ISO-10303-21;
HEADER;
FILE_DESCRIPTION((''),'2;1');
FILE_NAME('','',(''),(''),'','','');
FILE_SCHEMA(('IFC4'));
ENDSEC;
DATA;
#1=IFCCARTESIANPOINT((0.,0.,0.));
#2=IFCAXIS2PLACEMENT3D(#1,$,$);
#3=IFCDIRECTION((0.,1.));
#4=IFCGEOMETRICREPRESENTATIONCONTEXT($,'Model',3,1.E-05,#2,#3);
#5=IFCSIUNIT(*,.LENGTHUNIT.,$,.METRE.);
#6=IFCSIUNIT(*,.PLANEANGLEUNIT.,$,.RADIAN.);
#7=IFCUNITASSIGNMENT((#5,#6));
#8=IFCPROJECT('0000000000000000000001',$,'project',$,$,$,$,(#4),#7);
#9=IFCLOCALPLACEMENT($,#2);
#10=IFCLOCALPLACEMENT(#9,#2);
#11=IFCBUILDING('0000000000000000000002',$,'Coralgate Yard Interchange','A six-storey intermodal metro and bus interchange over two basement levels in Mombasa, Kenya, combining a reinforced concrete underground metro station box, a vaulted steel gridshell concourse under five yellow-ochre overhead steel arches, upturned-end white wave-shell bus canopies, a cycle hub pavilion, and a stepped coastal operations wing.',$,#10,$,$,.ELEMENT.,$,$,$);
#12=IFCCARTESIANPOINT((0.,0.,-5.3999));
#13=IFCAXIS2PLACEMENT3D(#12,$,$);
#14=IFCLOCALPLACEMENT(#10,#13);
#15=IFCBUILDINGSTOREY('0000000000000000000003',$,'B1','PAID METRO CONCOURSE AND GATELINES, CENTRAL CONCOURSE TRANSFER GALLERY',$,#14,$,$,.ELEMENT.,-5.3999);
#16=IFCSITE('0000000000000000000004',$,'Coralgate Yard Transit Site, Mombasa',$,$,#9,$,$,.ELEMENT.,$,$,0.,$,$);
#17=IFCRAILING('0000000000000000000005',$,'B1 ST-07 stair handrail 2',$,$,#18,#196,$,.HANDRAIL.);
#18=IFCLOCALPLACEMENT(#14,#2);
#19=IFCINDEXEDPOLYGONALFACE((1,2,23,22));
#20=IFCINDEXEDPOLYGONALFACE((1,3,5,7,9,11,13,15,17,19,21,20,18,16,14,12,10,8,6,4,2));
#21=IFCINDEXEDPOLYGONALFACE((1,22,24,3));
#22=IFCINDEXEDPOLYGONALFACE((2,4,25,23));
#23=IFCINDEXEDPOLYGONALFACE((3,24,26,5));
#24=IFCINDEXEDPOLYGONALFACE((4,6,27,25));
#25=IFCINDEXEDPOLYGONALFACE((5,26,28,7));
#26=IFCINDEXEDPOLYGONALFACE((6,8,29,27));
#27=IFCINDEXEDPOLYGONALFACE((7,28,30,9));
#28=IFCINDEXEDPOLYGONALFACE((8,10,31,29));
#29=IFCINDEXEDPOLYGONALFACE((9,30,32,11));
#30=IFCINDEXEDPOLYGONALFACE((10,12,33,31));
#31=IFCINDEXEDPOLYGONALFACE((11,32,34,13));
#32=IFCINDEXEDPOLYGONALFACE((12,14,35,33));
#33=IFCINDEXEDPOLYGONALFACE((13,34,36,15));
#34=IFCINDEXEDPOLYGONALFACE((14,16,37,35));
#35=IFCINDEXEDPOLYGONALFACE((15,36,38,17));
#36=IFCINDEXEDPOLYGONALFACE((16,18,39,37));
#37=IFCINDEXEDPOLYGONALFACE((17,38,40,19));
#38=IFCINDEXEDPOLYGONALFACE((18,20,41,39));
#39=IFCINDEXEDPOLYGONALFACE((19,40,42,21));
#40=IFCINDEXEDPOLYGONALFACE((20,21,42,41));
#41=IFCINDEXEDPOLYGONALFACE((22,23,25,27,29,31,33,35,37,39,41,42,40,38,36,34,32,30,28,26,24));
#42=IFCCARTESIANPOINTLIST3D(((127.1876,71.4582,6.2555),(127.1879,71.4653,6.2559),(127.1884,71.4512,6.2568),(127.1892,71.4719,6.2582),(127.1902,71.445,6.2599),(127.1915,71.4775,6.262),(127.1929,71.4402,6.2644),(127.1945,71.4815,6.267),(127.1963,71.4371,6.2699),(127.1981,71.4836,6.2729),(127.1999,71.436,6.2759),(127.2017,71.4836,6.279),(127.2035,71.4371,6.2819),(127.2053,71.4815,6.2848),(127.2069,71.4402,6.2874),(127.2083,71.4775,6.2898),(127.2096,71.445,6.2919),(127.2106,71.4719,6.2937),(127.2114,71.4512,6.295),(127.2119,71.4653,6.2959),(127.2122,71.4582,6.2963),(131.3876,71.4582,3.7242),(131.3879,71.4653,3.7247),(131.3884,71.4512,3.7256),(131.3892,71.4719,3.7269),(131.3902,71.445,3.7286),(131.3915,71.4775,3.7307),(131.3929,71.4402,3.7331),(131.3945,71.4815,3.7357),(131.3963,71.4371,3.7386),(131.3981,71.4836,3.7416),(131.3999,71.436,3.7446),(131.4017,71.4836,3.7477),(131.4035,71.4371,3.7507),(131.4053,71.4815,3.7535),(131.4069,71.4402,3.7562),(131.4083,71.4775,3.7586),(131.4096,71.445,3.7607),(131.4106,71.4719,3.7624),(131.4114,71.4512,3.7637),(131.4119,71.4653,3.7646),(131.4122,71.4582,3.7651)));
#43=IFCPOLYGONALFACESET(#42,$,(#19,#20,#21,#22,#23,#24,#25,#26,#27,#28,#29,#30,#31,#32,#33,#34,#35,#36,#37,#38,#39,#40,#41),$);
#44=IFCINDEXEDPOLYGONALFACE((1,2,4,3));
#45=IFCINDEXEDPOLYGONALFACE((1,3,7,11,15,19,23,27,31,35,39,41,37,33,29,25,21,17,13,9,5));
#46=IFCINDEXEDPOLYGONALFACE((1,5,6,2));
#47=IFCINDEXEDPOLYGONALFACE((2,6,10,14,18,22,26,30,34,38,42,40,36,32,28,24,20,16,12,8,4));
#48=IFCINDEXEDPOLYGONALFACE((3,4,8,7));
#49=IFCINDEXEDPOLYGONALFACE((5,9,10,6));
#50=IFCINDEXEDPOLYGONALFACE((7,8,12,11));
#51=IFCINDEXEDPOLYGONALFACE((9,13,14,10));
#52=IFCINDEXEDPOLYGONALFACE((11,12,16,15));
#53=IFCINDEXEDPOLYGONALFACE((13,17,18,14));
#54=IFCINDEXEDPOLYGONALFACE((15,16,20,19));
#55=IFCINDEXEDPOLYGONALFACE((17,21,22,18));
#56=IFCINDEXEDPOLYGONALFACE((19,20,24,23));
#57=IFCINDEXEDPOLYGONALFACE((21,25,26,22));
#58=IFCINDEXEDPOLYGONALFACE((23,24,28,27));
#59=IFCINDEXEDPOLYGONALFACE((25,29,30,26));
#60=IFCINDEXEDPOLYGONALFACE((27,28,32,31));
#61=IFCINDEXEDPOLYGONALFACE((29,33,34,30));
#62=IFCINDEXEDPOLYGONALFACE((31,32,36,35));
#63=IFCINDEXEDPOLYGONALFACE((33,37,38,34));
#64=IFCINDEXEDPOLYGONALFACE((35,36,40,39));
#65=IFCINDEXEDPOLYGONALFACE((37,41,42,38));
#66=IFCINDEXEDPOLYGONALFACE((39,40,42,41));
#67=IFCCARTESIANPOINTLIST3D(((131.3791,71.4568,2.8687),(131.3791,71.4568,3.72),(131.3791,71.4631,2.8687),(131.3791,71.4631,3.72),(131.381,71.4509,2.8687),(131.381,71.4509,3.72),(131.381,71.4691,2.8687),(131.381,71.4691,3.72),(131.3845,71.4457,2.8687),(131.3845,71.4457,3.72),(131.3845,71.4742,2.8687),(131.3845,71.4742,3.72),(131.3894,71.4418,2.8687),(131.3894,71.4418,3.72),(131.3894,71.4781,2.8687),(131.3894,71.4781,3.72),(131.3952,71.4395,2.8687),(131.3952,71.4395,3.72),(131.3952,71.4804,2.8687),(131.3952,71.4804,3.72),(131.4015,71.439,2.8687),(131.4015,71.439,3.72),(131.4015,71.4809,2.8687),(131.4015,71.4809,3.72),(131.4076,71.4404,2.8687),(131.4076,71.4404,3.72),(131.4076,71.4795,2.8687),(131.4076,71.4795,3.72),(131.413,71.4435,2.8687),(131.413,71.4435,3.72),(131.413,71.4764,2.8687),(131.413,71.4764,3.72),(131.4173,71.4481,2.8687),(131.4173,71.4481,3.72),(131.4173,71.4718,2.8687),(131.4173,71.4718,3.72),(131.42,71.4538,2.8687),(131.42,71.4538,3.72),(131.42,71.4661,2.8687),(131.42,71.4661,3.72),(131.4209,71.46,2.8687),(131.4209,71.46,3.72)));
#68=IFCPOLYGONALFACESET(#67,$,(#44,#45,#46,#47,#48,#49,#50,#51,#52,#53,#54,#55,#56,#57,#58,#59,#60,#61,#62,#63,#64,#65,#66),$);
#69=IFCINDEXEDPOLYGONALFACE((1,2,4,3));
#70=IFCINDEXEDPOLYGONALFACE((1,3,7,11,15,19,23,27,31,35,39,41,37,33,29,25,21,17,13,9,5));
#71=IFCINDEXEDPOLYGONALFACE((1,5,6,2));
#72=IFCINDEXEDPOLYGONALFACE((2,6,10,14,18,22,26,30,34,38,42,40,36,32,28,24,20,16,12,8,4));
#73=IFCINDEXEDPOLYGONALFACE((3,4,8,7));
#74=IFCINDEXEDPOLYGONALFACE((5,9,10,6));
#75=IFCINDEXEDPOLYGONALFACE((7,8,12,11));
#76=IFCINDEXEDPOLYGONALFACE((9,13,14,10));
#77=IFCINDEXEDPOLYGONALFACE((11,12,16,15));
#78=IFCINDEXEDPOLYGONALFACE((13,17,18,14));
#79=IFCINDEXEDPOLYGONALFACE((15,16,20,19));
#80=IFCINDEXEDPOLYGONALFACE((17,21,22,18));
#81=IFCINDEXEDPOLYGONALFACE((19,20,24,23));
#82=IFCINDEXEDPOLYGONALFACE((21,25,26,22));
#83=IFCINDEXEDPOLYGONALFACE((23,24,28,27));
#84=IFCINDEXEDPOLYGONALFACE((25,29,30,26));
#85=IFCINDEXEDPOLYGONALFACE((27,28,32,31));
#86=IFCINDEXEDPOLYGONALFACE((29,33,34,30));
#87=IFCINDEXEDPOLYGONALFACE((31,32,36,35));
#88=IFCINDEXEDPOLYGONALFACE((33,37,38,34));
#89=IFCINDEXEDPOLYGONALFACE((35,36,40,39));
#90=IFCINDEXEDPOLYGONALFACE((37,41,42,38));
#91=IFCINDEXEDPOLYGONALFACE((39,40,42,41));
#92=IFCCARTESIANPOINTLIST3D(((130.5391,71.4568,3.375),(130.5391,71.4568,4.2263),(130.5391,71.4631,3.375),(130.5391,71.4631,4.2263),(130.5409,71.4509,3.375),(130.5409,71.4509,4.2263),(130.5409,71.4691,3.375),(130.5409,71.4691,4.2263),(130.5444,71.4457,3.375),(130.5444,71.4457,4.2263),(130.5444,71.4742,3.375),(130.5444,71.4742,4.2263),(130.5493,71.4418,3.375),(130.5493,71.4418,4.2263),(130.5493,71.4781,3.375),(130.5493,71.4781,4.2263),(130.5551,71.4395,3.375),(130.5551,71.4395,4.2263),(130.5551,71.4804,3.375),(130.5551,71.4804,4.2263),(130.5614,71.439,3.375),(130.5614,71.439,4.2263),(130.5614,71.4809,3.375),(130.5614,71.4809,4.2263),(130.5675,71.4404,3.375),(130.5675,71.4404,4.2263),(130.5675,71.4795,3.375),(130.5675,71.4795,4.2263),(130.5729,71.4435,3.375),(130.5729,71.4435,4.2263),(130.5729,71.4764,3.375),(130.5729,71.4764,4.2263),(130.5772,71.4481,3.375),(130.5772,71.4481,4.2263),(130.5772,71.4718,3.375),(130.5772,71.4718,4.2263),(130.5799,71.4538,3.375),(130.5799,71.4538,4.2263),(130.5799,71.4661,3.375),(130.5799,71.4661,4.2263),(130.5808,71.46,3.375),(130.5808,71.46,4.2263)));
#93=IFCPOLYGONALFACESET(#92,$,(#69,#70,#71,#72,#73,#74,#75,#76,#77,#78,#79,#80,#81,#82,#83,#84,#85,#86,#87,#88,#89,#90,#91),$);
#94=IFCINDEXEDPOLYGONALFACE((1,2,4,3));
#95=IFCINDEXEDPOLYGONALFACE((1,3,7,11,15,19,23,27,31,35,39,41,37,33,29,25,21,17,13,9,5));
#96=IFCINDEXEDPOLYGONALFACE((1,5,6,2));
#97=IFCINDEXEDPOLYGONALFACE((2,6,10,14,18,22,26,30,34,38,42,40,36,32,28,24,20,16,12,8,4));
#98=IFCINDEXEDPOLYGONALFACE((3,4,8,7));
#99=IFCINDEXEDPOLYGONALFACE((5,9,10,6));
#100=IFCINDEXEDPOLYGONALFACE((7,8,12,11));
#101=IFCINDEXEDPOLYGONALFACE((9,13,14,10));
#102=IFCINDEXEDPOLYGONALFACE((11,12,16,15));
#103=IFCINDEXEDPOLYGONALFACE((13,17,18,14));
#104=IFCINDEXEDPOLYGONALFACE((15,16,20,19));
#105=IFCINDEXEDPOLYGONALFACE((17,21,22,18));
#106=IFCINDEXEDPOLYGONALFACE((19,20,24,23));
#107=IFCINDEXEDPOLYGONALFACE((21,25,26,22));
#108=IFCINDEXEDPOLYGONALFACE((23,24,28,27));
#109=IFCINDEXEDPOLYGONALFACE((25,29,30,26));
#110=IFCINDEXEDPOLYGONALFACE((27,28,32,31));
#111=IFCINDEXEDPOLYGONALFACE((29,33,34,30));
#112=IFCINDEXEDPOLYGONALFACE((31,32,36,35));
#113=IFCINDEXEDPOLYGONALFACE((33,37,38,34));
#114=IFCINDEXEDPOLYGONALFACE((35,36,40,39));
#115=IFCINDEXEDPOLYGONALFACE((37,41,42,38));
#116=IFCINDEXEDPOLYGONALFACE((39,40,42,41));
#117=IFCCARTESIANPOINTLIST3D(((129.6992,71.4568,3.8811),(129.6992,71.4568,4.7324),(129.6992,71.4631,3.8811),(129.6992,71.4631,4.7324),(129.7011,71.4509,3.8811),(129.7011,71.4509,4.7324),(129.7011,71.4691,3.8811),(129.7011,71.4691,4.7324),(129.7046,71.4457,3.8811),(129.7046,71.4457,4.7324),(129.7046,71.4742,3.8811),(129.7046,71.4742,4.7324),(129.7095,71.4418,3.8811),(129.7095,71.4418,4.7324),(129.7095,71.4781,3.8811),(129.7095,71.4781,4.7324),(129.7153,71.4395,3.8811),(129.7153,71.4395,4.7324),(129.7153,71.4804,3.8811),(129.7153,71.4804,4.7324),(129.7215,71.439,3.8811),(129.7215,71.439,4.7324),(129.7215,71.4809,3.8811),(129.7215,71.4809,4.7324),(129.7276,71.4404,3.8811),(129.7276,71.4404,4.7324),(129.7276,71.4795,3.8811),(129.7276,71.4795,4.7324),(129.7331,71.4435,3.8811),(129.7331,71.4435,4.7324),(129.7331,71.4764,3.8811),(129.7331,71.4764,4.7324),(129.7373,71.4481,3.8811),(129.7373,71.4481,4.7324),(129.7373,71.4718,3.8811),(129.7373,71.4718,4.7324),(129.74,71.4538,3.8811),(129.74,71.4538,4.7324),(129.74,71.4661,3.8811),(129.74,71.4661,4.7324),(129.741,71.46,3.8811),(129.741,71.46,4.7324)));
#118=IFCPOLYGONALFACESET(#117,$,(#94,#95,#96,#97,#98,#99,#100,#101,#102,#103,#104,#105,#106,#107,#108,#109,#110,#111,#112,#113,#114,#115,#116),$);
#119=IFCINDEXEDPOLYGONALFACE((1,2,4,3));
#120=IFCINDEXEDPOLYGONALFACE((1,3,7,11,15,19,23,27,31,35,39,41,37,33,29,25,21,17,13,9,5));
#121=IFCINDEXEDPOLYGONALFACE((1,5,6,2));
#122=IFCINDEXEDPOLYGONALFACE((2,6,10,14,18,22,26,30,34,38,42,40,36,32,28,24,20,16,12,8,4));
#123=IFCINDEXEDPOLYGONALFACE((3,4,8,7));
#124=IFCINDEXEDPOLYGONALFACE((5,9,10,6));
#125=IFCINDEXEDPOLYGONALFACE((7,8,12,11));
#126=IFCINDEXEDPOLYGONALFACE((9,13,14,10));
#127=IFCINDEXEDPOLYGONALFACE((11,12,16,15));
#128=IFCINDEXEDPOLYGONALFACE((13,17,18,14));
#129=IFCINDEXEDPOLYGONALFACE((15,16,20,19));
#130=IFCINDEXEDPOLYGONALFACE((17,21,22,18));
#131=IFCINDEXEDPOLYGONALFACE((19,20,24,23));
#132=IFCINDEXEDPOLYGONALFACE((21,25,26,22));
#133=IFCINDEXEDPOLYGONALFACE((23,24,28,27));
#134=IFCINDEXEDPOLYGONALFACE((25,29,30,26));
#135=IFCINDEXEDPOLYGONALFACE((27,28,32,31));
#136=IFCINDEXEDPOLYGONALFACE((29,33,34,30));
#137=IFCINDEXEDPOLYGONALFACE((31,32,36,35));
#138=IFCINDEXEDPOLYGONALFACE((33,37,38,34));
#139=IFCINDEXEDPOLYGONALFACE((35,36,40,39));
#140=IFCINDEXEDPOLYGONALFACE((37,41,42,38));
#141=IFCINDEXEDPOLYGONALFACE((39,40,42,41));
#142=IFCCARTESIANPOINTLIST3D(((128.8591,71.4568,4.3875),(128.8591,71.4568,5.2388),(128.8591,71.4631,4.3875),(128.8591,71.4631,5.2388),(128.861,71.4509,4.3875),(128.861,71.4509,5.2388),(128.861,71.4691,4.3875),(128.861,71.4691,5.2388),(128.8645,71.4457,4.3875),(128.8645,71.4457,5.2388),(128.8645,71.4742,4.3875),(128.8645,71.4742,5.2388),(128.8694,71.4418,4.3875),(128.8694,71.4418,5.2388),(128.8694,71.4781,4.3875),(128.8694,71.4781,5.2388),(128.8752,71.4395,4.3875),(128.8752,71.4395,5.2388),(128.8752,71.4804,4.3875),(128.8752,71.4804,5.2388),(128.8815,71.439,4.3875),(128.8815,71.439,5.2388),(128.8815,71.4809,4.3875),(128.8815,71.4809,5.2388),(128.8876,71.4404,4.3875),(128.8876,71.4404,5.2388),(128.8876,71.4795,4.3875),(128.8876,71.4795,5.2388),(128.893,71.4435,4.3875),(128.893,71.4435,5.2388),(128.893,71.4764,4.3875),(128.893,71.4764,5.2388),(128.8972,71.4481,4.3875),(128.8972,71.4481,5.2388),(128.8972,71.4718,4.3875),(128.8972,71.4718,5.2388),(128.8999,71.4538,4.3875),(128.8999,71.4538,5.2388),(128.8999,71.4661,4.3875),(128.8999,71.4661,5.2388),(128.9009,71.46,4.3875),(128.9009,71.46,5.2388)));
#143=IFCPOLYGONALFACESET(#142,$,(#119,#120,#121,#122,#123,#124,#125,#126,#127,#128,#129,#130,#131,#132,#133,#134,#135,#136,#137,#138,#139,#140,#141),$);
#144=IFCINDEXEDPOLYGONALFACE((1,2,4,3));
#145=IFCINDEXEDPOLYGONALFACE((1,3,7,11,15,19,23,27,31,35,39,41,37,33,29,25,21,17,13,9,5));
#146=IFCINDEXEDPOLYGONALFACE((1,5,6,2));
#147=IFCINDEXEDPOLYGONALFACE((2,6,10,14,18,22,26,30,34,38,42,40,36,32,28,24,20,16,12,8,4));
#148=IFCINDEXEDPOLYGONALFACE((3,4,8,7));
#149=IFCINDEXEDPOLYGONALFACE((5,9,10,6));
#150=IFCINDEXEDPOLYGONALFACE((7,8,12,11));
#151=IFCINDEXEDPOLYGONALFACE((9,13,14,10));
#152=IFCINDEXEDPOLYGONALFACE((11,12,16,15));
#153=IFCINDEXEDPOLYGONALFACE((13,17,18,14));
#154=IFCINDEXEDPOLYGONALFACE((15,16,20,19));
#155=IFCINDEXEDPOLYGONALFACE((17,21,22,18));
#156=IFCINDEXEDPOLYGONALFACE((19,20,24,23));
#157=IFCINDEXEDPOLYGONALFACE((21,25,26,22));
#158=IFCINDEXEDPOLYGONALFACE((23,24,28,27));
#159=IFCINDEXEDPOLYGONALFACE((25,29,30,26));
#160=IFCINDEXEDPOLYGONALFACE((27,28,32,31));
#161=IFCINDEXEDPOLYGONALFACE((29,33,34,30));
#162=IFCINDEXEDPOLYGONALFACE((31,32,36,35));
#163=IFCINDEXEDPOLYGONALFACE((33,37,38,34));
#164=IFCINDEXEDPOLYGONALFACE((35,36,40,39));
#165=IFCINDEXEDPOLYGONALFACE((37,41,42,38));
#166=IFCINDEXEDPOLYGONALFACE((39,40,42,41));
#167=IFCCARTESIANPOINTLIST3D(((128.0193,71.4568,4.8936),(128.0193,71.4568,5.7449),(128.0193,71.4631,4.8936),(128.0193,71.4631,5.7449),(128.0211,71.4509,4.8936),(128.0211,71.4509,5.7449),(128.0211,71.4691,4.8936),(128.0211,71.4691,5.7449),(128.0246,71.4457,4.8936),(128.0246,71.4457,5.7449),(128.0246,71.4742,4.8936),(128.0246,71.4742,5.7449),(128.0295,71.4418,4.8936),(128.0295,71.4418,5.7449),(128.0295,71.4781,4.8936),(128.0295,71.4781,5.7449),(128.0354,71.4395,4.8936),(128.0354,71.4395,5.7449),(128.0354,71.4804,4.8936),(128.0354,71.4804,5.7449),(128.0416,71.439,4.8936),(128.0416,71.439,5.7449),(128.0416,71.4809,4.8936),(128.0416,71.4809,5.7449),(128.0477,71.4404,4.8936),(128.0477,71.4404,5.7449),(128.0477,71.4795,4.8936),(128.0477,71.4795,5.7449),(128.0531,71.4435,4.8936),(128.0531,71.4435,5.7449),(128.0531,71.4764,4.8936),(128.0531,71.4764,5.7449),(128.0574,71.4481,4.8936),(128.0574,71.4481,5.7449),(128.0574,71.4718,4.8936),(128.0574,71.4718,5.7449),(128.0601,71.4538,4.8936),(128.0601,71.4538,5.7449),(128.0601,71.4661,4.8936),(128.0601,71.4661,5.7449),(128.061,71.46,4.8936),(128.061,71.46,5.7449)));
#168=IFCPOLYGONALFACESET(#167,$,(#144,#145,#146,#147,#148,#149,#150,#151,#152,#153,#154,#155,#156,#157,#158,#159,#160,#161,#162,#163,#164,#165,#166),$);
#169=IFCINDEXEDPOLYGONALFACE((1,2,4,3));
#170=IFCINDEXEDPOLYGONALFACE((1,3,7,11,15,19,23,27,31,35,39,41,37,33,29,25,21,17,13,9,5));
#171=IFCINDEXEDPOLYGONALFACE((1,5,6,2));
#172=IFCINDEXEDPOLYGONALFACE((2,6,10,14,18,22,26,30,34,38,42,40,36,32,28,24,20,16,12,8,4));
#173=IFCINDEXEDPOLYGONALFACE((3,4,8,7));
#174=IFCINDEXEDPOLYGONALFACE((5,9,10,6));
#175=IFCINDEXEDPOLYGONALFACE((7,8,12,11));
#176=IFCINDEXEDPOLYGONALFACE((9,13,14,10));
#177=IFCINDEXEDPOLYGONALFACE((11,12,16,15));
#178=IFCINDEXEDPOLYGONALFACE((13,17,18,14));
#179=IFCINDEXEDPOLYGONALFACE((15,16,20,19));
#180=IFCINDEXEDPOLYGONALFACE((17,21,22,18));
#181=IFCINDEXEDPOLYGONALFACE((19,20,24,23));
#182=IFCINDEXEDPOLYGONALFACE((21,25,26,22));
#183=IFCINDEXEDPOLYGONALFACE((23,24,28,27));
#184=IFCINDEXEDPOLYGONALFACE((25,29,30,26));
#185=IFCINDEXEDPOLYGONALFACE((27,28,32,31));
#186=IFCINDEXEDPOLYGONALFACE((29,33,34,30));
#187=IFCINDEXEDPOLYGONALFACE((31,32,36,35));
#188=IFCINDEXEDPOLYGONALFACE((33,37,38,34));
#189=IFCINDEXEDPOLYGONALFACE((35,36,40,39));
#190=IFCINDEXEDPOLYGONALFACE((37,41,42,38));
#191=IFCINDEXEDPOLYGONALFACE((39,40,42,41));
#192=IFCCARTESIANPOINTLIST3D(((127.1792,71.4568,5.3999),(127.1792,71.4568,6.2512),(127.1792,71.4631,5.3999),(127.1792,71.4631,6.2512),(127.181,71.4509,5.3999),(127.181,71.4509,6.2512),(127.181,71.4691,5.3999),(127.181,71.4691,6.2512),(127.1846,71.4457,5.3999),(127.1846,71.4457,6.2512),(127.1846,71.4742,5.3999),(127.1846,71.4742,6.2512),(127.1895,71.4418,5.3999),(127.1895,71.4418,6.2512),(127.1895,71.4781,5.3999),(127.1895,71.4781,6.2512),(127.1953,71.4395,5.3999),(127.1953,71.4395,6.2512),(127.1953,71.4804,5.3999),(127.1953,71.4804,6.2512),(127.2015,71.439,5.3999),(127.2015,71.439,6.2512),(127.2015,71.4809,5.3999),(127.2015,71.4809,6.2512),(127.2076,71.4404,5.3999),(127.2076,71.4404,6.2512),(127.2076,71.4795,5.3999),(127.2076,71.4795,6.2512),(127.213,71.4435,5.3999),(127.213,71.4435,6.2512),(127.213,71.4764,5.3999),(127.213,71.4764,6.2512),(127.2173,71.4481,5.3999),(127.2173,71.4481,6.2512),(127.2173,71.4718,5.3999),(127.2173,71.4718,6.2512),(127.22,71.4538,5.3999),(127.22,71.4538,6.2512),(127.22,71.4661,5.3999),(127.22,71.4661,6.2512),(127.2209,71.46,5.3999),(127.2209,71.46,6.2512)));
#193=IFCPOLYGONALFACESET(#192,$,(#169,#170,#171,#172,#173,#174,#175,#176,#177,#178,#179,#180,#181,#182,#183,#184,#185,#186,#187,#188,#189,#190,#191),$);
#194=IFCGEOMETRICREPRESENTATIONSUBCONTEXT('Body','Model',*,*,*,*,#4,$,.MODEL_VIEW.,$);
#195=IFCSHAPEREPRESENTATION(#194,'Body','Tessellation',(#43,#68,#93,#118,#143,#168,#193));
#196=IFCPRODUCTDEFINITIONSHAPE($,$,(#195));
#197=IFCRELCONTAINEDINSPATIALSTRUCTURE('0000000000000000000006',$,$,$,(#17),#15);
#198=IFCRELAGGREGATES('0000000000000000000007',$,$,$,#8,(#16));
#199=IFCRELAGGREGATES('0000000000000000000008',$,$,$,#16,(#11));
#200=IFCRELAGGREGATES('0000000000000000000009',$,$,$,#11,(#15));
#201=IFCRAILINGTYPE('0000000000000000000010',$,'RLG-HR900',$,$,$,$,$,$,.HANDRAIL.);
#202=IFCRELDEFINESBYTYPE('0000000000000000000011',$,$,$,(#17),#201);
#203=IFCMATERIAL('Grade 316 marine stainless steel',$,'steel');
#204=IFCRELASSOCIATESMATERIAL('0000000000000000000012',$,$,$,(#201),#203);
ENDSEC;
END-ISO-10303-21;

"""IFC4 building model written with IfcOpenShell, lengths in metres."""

from ifc_helpers import new_model, si_unit, direction, frame, origin, origin_2d, place, context, subcontext, project, spatial, circle, extrude, material, type_object, element, save


model = new_model("IFC4")

# Units and contexts
model_context = context("Model", 3, precision=1e-05, world=origin(), true_north=direction((0.0, 1.0)))
body_context = subcontext(model_context, "Body", "Model", "MODEL_VIEW")
ifc_project = project(units=[si_unit("LENGTHUNIT", "METRE"), si_unit("PLANEANGLEUNIT", "RADIAN")], contexts=[model_context])

# Site, building, storey
site_placement = place(None, origin())
site = spatial("IfcSite", under=ifc_project, at=site_placement, Name="Coralgate Yard Transit Site, Mombasa", CompositionType="ELEMENT", RefElevation=0.0)
building_placement = place(site_placement, origin())
building = spatial("IfcBuilding", under=site, at=building_placement, Name="Coralgate Yard Interchange", Description="A six-storey intermodal metro and bus interchange over two basement levels in Mombasa, Kenya, combining a reinforced concrete underground metro station box, a vaulted steel gridshell concourse under five yellow-ochre overhead steel arches, upturned-end white wave-shell bus canopies, a cycle hub pavilion, and a stepped coastal operations wing.", CompositionType="ELEMENT")
storey_placement = place(building_placement, frame((0.0, 0.0, -5.3999)))
storey = spatial("IfcBuildingStorey", under=building, at=storey_placement, Name="B1", Description="PAID METRO CONCOURSE AND GATELINES, CENTRAL CONCOURSE TRANSFER GALLERY", CompositionType="ELEMENT", Elevation=-5.3999)

# Railing
ifc_material_1 = material(Name="Grade 316 marine stainless steel", Category="steel")
railing_type_1 = type_object("IfcRailingType", Name="RLG-HR900", PredefinedType="HANDRAIL", material=ifc_material_1)
railing_1_placement = place(storey_placement, frame((131.3999, 71.46, 2.8687)))
element("IfcRailing", 1, at=railing_1_placement, inside=storey, type_object=railing_type_1, Name="B1 ST-07 stair handrail 2", PredefinedType="HANDRAIL", context=body_context, shape_type="SweptSolid", body=[
    extrude(circle(Radius=0.0239, at=origin_2d()), frame((0.0, 0.0, 0.876), z_axis=(-0.856476, 0.0, 0.516186), x_axis=(0.0, -1.0, 0.0)), (0.0, 0.0, 1.0), 4.9038),
    extrude(circle(Radius=0.021, at=origin_2d()), origin(), (0.0, 0.0, 1.0), 0.8513),
    extrude(circle(Radius=0.021, at=origin_2d()), frame((-0.8401, 0.0, 0.5063)), (0.0, 0.0, 1.0), 0.8513),
    extrude(circle(Radius=0.021, at=origin_2d()), frame((-1.6799, 0.0, 1.0125)), (0.0, 0.0, 1.0), 0.8513),
    extrude(circle(Radius=0.021, at=origin_2d()), frame((-2.52, 0.0, 1.5188)), (0.0, 0.0, 1.0), 0.8513),
    extrude(circle(Radius=0.021, at=origin_2d()), frame((-3.3599, 0.0, 2.0249)), (0.0, 0.0, 1.0), 0.8513),
    extrude(circle(Radius=0.021, at=origin_2d()), frame((-4.2, 0.0, 2.5312)), (0.0, 0.0, 1.0), 0.8513),
])

save(model, "model.ifc")
